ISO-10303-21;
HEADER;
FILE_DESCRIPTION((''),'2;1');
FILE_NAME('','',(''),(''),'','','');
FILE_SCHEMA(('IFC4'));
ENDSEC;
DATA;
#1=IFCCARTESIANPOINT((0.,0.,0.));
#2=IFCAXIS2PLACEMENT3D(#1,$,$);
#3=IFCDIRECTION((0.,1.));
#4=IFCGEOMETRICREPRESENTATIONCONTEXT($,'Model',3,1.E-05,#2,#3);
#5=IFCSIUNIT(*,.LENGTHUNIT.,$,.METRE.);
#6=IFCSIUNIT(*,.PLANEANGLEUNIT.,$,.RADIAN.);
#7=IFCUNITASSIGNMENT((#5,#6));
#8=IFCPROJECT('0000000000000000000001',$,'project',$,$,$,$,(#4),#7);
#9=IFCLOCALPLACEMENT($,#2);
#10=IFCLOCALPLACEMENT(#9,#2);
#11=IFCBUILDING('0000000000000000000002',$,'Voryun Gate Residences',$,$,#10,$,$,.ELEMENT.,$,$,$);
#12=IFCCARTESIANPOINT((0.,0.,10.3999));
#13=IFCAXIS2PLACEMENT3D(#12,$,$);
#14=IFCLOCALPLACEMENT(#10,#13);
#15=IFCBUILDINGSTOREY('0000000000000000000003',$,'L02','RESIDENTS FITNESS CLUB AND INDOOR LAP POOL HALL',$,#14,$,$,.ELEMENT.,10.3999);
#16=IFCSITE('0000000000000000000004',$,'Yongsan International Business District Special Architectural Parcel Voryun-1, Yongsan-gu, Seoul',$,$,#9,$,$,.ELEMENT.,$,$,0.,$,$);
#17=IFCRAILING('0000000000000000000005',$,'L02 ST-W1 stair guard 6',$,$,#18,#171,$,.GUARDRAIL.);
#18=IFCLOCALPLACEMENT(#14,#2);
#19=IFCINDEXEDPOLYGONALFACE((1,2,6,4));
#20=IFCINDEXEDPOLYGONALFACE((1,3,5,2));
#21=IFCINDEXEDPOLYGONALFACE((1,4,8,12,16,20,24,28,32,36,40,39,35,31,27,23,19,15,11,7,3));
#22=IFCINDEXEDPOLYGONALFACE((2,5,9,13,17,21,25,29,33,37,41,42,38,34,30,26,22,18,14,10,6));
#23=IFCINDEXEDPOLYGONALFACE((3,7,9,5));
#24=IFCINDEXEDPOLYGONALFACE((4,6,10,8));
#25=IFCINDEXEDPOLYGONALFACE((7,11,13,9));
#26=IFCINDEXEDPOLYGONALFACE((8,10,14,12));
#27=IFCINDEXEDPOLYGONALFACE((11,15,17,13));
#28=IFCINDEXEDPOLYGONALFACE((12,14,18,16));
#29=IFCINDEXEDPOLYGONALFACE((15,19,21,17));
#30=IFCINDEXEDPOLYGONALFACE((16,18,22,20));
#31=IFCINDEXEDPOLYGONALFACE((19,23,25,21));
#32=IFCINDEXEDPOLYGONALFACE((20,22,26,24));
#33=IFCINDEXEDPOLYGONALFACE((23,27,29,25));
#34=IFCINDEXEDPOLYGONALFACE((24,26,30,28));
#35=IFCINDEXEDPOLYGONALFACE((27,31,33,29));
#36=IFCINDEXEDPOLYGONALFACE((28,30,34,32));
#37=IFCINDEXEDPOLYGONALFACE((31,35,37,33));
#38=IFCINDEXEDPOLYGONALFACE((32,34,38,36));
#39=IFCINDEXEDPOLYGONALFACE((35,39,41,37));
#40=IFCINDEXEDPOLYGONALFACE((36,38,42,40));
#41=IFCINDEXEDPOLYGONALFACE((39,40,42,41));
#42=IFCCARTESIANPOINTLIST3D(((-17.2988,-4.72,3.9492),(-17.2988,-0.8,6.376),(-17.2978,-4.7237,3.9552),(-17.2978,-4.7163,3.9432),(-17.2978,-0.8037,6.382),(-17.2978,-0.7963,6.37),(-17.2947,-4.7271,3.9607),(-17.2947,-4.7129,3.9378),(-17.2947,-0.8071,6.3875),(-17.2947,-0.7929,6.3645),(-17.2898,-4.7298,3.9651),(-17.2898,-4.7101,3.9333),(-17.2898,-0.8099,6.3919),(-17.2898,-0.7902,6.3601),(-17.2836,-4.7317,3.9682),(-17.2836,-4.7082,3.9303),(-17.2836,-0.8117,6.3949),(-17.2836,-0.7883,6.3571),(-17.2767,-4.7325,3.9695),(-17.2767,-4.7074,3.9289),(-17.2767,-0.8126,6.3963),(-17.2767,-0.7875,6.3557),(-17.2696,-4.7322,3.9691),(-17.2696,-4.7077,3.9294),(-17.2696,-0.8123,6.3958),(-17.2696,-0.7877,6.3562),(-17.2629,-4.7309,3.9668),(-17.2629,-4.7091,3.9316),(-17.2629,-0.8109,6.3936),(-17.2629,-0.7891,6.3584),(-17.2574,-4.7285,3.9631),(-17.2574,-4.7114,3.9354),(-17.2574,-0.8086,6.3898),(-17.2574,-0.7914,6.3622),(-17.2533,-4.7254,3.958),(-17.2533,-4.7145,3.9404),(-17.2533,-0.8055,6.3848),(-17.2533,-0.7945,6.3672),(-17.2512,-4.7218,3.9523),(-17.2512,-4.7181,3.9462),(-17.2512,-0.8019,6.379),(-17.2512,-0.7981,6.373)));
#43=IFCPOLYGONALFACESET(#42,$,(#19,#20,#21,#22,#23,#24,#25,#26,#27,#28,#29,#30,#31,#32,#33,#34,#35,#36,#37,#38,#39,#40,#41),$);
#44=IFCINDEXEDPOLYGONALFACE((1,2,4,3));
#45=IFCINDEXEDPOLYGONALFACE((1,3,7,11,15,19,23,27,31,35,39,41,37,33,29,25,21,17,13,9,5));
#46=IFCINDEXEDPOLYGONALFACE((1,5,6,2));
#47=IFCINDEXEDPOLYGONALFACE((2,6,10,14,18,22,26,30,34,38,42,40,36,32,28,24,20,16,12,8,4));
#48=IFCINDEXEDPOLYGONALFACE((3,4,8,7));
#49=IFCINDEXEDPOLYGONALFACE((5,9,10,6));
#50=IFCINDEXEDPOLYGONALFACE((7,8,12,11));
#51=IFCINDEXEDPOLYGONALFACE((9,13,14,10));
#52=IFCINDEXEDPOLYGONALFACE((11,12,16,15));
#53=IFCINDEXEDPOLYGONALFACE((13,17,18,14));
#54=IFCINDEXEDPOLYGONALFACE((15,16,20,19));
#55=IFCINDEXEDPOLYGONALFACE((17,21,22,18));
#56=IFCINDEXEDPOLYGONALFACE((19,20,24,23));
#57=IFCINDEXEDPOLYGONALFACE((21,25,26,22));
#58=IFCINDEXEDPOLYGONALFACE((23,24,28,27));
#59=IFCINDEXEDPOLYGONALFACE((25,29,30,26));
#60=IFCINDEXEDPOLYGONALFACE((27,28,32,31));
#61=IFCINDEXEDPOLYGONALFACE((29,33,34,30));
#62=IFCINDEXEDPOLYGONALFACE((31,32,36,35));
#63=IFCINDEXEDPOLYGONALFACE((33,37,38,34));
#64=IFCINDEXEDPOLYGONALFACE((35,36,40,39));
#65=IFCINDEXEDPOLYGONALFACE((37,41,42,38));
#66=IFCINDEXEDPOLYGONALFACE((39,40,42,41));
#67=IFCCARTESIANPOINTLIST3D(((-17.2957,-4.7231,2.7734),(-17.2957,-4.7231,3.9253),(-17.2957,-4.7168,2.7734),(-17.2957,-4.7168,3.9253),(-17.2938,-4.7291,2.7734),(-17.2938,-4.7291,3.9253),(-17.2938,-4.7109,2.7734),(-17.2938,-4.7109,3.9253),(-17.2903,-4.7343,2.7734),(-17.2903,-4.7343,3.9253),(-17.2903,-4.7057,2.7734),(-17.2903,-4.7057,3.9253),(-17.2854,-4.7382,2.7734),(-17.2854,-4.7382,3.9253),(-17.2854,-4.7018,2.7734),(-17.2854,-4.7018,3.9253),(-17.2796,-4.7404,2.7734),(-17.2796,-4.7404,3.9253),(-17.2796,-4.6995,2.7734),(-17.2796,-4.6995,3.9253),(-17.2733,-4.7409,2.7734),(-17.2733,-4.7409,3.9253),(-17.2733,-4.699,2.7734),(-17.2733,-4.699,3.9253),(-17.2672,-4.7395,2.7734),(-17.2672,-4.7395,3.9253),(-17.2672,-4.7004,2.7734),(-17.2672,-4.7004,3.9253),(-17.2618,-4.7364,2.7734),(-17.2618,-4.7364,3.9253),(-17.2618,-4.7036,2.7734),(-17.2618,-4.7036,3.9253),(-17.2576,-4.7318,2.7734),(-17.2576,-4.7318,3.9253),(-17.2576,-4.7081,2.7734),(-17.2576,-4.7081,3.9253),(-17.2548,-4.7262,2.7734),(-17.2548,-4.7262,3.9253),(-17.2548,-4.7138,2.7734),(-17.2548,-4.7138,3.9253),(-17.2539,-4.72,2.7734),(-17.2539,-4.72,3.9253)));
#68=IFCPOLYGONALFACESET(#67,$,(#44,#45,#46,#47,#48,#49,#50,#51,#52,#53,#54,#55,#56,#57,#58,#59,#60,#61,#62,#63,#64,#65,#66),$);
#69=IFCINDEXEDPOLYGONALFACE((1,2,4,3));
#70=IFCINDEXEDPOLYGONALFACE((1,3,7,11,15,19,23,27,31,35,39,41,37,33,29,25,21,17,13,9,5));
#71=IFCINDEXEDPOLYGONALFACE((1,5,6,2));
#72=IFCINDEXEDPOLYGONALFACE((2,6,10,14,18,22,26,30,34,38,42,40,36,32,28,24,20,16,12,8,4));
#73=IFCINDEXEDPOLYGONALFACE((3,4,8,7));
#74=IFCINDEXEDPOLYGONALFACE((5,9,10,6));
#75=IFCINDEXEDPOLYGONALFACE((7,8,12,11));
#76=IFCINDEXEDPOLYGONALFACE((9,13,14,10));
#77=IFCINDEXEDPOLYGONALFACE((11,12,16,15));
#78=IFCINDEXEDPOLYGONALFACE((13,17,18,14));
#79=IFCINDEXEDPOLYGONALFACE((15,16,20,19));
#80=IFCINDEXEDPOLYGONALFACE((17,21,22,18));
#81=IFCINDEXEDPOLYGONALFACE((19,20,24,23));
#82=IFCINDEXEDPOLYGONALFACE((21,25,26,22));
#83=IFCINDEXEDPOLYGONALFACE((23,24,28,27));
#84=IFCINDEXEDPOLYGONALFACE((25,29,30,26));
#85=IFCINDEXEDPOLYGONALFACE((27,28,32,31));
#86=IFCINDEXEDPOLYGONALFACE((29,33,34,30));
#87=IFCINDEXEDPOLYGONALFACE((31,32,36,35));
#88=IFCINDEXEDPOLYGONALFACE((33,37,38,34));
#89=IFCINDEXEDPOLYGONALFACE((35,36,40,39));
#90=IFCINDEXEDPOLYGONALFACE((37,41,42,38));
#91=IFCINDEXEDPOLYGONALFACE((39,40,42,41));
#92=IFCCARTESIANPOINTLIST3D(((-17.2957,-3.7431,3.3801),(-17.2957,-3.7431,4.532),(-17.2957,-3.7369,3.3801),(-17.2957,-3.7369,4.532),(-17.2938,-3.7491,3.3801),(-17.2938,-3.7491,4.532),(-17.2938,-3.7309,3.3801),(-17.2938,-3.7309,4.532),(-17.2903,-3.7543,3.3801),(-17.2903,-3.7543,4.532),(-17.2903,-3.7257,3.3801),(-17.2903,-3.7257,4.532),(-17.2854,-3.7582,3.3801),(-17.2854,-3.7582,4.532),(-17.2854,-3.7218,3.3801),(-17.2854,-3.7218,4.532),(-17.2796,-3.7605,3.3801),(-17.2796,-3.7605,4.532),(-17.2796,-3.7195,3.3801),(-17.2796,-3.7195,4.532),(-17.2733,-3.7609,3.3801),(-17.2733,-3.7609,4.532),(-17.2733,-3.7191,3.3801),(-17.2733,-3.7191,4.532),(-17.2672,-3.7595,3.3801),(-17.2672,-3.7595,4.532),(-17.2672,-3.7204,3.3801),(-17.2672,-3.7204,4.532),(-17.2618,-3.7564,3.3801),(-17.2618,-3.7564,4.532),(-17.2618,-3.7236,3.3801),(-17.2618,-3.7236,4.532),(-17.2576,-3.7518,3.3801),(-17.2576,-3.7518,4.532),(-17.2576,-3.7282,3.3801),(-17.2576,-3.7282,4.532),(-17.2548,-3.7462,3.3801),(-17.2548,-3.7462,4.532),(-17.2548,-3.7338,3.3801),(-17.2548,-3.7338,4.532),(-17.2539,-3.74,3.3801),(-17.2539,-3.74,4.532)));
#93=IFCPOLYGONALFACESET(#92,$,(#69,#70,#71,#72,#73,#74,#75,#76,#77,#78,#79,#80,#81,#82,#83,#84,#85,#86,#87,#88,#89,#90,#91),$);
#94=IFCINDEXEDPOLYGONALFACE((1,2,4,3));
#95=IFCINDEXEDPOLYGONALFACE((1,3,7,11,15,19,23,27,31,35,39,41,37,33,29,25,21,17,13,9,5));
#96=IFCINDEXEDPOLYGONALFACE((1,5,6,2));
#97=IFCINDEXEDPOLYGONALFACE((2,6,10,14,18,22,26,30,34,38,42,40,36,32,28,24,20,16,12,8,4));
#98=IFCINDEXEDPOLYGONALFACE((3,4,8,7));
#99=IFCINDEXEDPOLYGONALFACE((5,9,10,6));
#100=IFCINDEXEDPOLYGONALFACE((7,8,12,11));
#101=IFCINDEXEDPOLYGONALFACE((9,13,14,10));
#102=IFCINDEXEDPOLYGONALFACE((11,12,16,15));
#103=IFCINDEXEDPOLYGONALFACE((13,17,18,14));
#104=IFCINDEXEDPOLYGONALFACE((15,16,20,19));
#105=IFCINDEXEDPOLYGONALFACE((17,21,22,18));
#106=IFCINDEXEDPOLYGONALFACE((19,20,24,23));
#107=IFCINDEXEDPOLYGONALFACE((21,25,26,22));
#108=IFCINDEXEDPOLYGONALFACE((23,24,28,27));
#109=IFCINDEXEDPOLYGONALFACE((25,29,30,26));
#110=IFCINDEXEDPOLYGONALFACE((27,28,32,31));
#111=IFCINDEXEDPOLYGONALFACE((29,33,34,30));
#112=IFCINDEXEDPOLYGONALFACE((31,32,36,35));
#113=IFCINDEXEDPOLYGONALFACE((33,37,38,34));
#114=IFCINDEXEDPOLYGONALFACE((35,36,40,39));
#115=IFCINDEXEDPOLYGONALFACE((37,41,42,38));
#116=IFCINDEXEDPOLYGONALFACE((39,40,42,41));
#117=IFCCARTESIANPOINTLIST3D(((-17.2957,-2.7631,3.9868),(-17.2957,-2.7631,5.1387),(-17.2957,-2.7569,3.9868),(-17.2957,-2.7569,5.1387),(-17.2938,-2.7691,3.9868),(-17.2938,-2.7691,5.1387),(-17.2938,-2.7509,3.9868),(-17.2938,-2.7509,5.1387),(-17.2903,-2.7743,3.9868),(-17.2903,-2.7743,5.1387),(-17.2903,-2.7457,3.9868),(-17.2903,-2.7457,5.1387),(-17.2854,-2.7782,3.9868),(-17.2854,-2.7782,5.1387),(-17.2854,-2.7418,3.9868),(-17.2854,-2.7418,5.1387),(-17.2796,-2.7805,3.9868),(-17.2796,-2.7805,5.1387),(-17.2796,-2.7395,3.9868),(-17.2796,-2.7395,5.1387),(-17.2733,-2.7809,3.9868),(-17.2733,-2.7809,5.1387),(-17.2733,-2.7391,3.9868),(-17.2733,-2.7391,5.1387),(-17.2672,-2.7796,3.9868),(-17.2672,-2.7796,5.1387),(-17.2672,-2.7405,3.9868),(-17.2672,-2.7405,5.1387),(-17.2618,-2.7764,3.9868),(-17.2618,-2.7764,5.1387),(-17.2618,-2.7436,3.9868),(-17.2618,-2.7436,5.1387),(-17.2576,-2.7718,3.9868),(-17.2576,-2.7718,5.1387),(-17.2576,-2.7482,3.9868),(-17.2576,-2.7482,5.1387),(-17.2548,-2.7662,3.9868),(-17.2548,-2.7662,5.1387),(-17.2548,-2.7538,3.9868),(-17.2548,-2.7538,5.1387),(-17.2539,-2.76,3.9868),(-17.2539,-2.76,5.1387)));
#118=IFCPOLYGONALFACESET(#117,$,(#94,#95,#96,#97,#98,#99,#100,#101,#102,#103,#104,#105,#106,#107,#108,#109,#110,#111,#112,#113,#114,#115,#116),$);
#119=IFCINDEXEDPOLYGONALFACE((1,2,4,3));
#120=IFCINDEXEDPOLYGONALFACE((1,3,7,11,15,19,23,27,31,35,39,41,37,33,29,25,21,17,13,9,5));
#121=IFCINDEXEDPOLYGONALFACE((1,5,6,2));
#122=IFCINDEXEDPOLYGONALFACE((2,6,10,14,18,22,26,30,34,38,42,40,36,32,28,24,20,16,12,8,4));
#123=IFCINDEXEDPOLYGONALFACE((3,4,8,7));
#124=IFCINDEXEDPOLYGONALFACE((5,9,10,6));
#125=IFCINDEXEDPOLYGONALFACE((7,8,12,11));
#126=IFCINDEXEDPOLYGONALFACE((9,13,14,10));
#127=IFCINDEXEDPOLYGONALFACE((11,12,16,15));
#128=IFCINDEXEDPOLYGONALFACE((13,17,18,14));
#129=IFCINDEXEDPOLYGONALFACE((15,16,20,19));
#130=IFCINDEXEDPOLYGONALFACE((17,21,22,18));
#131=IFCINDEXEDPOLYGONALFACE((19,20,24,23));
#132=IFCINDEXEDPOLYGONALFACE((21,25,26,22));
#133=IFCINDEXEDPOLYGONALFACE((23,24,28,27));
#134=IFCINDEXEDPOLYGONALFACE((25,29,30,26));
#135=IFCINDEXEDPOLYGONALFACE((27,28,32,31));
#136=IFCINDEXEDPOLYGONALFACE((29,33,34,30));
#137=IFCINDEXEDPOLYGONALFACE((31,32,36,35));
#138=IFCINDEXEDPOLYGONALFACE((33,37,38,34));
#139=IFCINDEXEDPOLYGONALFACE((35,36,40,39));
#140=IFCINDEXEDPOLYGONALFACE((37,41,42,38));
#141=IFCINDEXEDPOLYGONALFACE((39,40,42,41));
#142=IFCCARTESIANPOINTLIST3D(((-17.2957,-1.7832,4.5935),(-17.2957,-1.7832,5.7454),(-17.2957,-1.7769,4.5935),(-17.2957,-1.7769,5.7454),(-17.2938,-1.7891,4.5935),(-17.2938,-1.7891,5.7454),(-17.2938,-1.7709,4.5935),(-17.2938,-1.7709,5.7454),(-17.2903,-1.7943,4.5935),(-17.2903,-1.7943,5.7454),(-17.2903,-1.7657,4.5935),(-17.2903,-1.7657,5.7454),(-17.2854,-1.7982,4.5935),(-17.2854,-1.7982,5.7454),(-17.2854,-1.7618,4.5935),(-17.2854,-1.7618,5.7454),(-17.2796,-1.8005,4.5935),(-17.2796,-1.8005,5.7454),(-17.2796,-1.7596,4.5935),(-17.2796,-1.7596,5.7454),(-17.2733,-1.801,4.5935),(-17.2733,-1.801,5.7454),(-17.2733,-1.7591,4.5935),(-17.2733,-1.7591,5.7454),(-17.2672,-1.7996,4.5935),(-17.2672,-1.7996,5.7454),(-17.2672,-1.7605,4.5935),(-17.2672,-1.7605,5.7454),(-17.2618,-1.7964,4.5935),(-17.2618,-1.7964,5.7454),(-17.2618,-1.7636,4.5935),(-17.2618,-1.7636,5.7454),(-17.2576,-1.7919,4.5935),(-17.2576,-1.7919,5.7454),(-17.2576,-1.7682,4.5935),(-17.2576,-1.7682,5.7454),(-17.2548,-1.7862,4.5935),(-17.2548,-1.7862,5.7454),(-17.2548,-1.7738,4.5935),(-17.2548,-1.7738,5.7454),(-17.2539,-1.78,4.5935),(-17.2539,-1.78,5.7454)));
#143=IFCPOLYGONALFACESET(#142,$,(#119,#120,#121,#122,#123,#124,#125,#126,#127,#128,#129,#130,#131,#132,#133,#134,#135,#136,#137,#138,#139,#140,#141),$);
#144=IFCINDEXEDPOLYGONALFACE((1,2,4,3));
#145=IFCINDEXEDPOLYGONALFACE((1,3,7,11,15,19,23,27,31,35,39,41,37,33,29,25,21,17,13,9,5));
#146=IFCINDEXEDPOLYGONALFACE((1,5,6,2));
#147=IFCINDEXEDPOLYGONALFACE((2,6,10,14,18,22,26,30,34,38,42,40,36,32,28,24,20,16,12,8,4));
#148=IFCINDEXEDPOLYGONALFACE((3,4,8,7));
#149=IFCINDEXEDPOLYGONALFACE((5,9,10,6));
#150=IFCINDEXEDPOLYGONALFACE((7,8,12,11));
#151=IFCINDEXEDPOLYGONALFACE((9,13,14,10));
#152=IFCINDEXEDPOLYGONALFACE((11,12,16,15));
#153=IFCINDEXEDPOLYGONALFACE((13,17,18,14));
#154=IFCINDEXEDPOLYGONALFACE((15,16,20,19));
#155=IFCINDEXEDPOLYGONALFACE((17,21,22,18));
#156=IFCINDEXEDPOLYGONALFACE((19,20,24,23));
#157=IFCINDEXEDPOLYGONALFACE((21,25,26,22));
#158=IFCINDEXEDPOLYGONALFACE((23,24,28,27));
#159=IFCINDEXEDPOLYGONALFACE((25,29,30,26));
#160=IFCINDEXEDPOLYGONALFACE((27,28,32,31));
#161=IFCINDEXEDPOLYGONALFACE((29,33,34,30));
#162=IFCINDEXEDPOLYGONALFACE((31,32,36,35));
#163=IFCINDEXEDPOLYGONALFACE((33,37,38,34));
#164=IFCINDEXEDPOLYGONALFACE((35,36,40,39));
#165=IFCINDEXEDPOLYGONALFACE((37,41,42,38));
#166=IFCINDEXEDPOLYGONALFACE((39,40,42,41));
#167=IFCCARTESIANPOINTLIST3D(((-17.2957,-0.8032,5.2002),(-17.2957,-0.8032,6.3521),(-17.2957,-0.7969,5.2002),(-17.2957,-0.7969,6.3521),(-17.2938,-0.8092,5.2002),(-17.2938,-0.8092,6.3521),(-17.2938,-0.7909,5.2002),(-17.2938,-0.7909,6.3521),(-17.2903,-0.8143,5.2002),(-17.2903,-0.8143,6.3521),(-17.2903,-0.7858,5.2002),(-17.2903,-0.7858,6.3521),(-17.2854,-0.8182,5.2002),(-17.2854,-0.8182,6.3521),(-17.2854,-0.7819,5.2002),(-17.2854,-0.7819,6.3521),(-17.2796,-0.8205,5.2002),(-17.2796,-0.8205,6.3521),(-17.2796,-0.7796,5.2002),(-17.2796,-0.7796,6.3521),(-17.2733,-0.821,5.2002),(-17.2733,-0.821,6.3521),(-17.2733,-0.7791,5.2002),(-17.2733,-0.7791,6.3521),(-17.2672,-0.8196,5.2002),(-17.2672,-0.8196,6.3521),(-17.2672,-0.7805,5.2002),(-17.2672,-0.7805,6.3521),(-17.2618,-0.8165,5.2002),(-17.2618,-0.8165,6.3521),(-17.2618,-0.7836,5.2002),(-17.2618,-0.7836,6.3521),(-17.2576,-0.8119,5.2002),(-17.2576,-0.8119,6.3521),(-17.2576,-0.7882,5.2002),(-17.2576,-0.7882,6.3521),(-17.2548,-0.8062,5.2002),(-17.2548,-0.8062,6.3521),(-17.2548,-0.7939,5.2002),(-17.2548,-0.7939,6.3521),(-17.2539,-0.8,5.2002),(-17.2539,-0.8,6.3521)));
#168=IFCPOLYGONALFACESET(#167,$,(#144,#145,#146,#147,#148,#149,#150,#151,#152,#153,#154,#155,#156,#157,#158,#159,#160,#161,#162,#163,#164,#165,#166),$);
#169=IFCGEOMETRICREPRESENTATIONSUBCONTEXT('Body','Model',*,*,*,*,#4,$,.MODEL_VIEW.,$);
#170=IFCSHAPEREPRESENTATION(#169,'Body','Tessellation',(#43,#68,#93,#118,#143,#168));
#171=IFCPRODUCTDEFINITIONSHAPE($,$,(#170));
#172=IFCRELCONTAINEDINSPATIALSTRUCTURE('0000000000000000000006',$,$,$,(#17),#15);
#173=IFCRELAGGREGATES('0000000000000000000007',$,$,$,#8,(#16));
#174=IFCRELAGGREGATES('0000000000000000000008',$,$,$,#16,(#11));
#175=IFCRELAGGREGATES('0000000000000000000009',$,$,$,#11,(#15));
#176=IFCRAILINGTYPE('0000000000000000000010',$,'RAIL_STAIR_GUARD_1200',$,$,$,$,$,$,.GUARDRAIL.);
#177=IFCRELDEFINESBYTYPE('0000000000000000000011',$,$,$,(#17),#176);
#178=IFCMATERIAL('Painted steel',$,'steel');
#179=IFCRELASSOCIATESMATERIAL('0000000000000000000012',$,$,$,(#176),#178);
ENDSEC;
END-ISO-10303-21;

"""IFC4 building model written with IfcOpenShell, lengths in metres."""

from ifc_helpers import new_model, si_unit, direction, frame, origin, origin_2d, place, context, subcontext, project, spatial, circle, extrude, material, type_object, element, save


model = new_model("IFC4")

# Units and contexts
model_context = context("Model", 3, precision=1e-05, world=origin(), true_north=direction((0.0, 1.0)))
body_context = subcontext(model_context, "Body", "Model", "MODEL_VIEW")
ifc_project = project(units=[si_unit("LENGTHUNIT", "METRE"), si_unit("PLANEANGLEUNIT", "RADIAN")], contexts=[model_context])

# Site, building, storey
site_placement = place(None, origin())
site = spatial("IfcSite", under=ifc_project, at=site_placement, Name="Yongsan International Business District Special Architectural Parcel Voryun-1, Yongsan-gu, Seoul", CompositionType="ELEMENT", RefElevation=0.0)
building_placement = place(site_placement, origin())
building = spatial("IfcBuilding", under=site, at=building_placement, Name="Voryun Gate Residences", CompositionType="ELEMENT")
storey_placement = place(building_placement, frame((0.0, 0.0, 10.3999)))
storey = spatial("IfcBuildingStorey", under=building, at=storey_placement, Name="L02", Description="RESIDENTS FITNESS CLUB AND INDOOR LAP POOL HALL", CompositionType="ELEMENT", Elevation=10.3999)

# Railing
ifc_material_1 = material(Name="Painted steel", Category="steel")
railing_type_1 = type_object("IfcRailingType", Name="RAIL_STAIR_GUARD_1200", PredefinedType="GUARDRAIL", material=ifc_material_1)
railing_1_placement = place(storey_placement, frame((-17.2749, -4.72, 2.7734)))
element("IfcRailing", 1, at=railing_1_placement, inside=storey, type_object=railing_type_1, Name="L02 ST-W1 stair guard 6", PredefinedType="GUARDRAIL", context=body_context, shape_type="SweptSolid", body=[
    extrude(circle(Radius=0.0239, at=origin_2d()), frame((0.0, 0.0, 1.1758), z_axis=(0.0, 0.850252, 0.526376), x_axis=(-1.0, 0.0, 0.0)), (0.0, 0.0, 1.0), 4.6104),
    extrude(circle(Radius=0.021, at=origin_2d()), origin(), (0.0, 0.0, 1.0), 1.1519),
    extrude(circle(Radius=0.021, at=origin_2d()), frame((0.0, 0.98, 0.6067)), (0.0, 0.0, 1.0), 1.1519),
    extrude(circle(Radius=0.021, at=origin_2d()), frame((0.0, 1.96, 1.2134)), (0.0, 0.0, 1.0), 1.1519),
    extrude(circle(Radius=0.021, at=origin_2d()), frame((0.0, 2.9399, 1.8201)), (0.0, 0.0, 1.0), 1.1519),
    extrude(circle(Radius=0.021, at=origin_2d()), frame((0.0, 3.9199, 2.4268)), (0.0, 0.0, 1.0), 1.1519),
])

save(model, "model.ifc")
